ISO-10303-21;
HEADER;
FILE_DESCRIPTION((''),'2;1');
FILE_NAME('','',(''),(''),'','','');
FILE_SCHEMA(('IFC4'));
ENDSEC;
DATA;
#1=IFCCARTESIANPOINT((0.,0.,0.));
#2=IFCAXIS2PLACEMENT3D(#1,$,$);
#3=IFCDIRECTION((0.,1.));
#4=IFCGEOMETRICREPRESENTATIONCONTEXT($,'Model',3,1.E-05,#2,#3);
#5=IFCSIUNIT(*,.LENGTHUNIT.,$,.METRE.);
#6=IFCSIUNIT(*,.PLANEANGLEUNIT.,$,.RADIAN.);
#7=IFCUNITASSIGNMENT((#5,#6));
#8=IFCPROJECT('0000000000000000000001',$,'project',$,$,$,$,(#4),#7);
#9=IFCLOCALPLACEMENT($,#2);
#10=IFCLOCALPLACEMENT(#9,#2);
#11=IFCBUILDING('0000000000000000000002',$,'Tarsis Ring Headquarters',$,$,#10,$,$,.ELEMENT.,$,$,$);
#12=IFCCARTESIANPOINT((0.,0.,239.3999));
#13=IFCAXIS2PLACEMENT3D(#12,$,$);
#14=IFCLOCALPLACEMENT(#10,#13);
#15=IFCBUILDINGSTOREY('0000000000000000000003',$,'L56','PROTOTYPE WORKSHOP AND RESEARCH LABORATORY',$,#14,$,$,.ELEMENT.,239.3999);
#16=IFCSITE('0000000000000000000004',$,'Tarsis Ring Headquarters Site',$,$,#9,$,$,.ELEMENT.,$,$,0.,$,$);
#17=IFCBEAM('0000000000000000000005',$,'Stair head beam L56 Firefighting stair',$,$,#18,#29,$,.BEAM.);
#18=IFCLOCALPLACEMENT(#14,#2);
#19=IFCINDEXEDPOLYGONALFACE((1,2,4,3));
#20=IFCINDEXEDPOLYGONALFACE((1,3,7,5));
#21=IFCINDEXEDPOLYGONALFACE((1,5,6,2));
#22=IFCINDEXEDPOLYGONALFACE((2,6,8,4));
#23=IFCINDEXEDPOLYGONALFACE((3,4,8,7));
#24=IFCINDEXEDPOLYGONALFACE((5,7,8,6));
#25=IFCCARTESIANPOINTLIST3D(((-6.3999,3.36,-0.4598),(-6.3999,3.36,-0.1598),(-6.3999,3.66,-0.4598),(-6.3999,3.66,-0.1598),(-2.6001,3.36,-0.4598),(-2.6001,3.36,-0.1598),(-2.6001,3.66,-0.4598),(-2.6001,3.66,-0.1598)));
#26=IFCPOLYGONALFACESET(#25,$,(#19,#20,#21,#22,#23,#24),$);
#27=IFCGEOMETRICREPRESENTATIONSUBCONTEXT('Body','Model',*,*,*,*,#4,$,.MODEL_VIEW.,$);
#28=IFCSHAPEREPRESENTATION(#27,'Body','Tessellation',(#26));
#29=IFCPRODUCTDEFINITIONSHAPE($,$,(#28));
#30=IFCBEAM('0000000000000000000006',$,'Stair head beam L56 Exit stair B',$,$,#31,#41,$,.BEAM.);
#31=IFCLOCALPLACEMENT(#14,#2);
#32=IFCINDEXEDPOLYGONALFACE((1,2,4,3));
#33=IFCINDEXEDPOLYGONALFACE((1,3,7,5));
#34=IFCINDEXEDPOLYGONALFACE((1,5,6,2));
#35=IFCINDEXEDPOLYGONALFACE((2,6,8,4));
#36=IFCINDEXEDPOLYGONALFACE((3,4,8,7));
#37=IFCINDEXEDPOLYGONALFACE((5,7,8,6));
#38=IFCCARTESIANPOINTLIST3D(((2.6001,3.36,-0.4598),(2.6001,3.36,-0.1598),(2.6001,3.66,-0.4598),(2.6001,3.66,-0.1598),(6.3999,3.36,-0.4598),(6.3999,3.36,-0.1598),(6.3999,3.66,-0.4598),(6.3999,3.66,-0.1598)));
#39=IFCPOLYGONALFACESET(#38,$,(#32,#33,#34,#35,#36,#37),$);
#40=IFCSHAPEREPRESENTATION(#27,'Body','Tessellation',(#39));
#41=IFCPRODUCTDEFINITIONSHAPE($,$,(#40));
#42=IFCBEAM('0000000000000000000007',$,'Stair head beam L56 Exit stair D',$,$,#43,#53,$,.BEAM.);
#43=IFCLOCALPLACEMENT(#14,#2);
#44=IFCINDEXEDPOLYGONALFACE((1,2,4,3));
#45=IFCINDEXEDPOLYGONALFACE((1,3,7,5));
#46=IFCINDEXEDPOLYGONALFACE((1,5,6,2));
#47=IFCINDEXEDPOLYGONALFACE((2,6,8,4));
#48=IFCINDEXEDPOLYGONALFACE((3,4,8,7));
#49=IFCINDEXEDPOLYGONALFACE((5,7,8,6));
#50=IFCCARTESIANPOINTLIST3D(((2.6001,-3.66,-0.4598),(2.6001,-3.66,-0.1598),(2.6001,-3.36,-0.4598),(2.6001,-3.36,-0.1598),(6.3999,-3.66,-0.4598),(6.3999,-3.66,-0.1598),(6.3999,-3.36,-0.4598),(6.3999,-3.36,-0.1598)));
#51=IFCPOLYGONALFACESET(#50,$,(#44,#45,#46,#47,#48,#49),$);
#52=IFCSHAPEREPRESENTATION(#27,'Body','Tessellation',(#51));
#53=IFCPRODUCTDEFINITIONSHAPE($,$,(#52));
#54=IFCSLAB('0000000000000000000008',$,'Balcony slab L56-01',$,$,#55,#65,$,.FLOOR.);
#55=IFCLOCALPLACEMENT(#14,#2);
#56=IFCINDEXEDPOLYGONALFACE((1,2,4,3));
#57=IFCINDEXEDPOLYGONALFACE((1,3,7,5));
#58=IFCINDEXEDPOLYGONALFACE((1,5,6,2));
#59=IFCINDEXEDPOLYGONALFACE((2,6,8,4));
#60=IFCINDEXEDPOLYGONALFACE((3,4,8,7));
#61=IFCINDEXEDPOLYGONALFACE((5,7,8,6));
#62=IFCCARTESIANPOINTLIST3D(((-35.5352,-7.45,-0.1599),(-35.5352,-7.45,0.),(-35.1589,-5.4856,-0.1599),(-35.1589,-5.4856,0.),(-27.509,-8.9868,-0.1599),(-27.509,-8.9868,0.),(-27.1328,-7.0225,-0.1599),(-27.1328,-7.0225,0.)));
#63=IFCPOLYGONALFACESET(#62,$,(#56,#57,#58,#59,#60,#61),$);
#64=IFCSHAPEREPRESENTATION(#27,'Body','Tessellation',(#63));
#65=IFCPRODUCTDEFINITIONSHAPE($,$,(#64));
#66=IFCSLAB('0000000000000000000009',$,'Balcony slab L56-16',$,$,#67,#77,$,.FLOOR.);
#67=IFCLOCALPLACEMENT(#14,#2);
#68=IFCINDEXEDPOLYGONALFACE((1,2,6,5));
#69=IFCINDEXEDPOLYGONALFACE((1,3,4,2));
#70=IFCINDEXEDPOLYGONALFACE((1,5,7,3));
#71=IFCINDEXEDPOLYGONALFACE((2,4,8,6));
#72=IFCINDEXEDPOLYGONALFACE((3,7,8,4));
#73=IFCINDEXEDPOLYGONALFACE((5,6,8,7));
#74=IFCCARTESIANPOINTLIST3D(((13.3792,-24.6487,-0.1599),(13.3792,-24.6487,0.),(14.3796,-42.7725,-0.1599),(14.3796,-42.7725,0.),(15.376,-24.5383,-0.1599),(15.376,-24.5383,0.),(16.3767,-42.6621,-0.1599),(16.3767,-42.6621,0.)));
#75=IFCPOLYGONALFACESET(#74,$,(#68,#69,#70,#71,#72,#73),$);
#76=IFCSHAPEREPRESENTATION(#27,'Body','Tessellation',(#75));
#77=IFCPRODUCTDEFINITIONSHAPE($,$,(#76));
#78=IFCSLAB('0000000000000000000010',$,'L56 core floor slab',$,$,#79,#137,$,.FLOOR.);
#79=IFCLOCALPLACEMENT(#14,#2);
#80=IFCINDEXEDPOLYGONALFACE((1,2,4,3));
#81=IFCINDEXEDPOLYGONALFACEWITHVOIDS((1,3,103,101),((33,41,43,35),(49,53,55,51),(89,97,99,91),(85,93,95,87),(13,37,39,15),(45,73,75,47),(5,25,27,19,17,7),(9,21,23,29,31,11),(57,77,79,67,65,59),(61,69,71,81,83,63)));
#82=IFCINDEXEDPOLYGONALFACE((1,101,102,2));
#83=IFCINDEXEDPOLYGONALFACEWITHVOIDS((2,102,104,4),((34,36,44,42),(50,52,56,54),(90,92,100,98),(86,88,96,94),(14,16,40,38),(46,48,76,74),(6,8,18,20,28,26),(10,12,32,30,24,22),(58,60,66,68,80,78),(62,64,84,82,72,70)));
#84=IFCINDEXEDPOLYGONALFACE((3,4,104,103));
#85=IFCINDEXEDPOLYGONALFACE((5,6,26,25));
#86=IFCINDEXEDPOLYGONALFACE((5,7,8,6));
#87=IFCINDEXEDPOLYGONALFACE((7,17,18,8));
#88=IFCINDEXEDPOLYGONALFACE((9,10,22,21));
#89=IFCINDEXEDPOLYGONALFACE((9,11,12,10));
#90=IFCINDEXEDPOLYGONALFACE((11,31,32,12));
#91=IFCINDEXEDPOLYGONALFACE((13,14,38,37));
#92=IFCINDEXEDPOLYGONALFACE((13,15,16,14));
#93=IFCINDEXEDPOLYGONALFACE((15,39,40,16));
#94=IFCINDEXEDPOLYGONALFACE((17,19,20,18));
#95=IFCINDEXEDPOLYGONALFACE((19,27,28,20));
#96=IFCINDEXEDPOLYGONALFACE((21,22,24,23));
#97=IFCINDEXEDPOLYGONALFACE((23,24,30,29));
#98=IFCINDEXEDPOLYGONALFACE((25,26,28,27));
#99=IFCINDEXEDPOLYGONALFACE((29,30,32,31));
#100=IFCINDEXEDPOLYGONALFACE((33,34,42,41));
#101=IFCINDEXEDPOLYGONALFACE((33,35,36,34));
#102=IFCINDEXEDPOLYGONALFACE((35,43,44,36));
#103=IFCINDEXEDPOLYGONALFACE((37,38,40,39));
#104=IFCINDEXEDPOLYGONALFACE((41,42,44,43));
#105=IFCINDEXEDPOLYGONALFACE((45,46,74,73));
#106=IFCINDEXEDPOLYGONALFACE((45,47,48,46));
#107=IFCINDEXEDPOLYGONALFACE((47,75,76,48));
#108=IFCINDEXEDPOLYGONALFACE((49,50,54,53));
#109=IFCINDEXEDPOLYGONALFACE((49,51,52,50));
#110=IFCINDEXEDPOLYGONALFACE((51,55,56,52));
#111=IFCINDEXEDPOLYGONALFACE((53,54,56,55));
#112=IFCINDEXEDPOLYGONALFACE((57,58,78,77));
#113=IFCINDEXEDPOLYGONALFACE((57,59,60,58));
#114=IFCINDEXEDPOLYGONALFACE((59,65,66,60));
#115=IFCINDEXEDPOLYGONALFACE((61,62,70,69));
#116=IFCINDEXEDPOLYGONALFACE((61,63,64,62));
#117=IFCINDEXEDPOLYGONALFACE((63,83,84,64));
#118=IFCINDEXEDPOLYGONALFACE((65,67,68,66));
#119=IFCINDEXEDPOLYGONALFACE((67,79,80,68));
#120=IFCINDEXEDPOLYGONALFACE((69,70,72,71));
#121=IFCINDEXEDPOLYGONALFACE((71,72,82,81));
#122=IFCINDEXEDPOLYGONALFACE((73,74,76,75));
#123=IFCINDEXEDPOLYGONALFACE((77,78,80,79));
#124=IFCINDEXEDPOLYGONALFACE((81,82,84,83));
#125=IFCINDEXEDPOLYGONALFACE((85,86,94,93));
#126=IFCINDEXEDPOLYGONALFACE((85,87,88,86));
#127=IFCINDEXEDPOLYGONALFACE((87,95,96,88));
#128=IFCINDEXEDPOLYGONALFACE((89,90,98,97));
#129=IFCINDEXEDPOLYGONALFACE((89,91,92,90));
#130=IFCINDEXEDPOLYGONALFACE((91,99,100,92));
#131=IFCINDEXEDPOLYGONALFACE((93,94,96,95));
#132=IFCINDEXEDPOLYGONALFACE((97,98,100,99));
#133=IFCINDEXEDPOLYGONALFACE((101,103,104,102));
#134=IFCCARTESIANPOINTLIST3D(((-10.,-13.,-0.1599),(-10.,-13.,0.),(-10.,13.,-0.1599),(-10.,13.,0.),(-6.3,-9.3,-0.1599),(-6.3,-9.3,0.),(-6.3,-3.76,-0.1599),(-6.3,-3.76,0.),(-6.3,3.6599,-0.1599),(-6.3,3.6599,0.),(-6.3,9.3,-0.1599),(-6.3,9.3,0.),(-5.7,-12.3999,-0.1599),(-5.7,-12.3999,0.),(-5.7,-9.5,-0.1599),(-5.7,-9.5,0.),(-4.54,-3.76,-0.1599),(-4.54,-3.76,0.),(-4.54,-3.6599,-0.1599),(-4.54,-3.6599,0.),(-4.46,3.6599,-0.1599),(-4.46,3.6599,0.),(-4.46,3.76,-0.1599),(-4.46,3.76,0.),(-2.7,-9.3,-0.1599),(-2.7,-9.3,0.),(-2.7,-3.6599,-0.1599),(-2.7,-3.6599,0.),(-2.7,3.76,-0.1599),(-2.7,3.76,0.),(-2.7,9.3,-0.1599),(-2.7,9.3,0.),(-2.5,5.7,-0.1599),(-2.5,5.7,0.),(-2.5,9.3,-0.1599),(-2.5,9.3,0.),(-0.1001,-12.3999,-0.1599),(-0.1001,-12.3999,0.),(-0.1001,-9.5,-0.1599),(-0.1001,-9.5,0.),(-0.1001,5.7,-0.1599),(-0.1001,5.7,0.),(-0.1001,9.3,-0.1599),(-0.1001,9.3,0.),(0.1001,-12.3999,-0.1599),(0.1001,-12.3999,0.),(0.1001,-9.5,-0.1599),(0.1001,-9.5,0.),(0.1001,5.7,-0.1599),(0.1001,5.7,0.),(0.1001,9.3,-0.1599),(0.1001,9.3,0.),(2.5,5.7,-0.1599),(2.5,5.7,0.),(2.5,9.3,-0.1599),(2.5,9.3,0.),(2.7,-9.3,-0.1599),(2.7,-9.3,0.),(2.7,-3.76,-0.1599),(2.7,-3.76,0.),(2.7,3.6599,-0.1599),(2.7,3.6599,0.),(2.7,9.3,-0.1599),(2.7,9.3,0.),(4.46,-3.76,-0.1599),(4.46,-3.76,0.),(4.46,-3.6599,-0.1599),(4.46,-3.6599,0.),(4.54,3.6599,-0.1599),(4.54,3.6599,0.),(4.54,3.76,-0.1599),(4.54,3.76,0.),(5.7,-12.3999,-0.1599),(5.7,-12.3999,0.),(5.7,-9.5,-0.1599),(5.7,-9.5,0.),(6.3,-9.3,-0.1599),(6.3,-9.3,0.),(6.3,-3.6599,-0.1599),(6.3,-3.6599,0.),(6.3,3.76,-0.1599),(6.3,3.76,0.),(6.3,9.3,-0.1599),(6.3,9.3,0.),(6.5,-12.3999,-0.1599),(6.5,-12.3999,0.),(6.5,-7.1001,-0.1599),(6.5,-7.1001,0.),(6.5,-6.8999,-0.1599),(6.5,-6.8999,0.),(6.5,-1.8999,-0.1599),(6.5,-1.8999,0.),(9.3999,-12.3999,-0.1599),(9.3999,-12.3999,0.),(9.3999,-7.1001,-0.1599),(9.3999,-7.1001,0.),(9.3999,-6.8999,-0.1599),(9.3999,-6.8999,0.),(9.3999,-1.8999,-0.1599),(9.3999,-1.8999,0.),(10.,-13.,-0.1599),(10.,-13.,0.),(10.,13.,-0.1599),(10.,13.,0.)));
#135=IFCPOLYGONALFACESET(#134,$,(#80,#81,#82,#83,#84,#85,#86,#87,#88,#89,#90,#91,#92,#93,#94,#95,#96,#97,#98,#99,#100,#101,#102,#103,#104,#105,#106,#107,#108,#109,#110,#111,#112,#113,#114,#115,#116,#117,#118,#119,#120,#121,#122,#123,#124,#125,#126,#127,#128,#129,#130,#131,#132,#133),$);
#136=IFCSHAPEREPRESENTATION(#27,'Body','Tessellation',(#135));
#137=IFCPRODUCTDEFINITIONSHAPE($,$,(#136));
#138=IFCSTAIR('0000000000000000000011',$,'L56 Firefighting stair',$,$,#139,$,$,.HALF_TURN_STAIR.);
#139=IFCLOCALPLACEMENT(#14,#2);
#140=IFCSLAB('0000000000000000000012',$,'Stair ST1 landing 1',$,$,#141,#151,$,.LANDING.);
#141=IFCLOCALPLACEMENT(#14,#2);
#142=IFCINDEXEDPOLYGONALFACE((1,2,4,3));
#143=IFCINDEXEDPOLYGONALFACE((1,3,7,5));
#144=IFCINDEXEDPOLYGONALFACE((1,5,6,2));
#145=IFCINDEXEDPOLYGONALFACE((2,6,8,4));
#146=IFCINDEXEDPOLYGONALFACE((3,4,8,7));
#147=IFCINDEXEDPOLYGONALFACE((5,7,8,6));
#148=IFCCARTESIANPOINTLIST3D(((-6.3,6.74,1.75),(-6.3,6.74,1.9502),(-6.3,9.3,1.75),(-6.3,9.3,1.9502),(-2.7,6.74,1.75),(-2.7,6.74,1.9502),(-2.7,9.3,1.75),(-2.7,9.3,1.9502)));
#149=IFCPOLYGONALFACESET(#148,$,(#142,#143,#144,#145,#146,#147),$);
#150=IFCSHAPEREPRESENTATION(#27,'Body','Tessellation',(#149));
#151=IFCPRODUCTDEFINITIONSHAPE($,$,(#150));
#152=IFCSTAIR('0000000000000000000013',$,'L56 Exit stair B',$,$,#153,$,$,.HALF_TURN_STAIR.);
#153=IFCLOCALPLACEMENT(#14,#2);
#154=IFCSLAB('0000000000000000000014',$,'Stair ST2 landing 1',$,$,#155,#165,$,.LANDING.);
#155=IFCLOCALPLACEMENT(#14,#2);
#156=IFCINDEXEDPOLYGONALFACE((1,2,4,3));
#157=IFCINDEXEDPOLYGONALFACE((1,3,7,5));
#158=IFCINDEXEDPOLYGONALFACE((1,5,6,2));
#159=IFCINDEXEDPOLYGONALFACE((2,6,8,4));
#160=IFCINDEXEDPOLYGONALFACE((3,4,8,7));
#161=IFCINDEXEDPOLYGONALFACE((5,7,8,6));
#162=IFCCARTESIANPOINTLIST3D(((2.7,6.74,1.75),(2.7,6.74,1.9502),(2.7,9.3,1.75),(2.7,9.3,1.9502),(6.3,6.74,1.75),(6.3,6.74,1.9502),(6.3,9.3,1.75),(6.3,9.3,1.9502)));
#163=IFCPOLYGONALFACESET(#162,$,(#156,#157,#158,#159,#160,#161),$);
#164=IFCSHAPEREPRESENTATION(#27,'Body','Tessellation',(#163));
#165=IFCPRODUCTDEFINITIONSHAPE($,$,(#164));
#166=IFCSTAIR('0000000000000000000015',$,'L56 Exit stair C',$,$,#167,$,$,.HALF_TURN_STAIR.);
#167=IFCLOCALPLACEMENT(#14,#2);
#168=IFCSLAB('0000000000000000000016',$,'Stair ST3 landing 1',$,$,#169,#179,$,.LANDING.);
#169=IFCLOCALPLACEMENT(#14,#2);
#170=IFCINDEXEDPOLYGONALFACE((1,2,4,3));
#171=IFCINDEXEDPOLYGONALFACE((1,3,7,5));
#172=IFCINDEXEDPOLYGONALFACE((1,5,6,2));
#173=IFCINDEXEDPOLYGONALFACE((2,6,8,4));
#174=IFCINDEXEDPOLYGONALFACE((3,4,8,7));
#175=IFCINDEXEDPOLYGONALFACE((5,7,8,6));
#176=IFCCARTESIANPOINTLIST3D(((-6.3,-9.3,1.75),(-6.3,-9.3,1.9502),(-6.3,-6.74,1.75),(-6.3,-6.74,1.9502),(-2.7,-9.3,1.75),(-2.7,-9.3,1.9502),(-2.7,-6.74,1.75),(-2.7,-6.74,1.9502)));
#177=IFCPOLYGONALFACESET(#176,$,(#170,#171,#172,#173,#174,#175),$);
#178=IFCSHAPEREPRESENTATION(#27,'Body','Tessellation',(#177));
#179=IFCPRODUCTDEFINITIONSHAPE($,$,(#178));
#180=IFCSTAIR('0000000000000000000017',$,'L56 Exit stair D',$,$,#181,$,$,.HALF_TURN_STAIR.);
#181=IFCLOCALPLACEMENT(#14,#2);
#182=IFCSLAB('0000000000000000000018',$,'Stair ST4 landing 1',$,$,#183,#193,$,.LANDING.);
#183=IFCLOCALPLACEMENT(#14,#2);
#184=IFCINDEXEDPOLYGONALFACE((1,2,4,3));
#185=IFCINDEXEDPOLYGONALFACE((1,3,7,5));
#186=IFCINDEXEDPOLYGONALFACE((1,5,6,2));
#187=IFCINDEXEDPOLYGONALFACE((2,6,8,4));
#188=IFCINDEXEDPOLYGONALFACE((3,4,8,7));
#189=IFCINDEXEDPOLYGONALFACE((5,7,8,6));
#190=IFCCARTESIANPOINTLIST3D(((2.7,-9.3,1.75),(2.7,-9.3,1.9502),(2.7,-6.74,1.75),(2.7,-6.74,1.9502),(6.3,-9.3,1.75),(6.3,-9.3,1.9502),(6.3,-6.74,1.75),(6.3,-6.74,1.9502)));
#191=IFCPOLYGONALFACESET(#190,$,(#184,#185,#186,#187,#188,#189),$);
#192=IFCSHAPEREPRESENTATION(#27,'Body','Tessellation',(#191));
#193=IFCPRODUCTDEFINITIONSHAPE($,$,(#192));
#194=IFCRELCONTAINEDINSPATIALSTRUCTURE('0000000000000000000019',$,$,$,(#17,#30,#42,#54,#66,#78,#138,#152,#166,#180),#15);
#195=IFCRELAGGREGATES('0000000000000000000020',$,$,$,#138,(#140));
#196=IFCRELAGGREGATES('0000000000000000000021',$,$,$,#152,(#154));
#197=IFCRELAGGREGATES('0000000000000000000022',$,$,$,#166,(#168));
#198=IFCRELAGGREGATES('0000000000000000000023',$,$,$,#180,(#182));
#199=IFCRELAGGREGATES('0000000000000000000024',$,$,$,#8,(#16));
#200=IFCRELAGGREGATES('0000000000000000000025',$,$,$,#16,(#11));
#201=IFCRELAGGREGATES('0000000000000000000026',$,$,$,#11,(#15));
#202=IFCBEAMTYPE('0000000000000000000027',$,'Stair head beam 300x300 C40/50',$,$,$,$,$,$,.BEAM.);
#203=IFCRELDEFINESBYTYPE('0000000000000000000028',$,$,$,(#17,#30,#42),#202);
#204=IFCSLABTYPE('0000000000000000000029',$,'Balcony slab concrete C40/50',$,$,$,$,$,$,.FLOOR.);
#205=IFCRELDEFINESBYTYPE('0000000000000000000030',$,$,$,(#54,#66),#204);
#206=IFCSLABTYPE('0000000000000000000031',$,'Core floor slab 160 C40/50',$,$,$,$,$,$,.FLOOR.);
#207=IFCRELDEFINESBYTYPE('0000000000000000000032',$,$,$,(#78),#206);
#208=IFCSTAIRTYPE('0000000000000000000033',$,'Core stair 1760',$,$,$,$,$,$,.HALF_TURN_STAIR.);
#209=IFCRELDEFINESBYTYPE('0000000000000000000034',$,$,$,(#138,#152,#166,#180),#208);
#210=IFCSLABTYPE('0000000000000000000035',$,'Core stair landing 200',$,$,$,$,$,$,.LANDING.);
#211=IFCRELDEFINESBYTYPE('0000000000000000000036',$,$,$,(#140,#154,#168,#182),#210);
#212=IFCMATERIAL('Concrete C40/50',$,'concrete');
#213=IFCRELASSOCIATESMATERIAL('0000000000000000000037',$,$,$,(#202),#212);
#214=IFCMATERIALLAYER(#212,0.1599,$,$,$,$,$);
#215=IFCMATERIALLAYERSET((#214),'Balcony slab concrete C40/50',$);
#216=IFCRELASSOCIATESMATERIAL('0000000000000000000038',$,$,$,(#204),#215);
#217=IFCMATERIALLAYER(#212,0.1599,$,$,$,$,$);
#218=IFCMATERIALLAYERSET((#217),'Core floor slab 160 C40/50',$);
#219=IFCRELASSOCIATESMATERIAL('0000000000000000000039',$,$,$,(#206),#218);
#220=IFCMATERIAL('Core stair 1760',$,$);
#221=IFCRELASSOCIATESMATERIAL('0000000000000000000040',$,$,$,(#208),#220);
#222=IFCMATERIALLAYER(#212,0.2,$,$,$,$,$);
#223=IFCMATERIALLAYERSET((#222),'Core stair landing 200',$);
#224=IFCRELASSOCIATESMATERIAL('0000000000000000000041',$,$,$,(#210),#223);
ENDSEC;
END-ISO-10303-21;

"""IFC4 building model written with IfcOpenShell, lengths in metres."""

from ifc_helpers import new_model, si_unit, direction, frame, origin, origin_2d, place, context, subcontext, project, spatial, polyline, rectangle, outline, extrude, material, layer, layer_set, material_profile, profile_set, type_object, element, aggregate, save


model = new_model("IFC4")

# Units and contexts
model_context = context("Model", 3, precision=1e-05, world=origin(), true_north=direction((0.0, 1.0)))
body_context = subcontext(model_context, "Body", "Model", "MODEL_VIEW")
ifc_project = project(units=[si_unit("LENGTHUNIT", "METRE"), si_unit("PLANEANGLEUNIT", "RADIAN")], contexts=[model_context])

# Site, building, storey
site_placement = place(None, origin())
site = spatial("IfcSite", under=ifc_project, at=site_placement, Name="Tarsis Ring Headquarters Site", CompositionType="ELEMENT", RefElevation=0.0)
building_placement = place(site_placement, origin())
building = spatial("IfcBuilding", under=site, at=building_placement, Name="Tarsis Ring Headquarters", CompositionType="ELEMENT")
storey_placement = place(building_placement, frame((0.0, 0.0, 239.3999)))
storey = spatial("IfcBuildingStorey", under=building, at=storey_placement, Name="L56", Description="PROTOTYPE WORKSHOP AND RESEARCH LABORATORY", CompositionType="ELEMENT", Elevation=239.3999)

# Beams
ifc_material_1 = material(Name="Concrete C40/50", Category="concrete")
ifc_material_profile = material_profile(ifc_material_1, rectangle(XDim=0.3, YDim=0.3, at=origin_2d()), Name="Stair head beam 300x300 C40/50")
ifc_profile_set = profile_set([ifc_material_profile], Name="Concrete C40/50")
beam_type = type_object("IfcBeamType", Name="Stair head beam 300x300 C40/50", PredefinedType="BEAM", material=ifc_profile_set)
for number, where, z_axis, x_axis, name in (
    (1, (-6.3999, 3.51, -0.3098), (1.0, 0.0, 0.0), (0.0, 1.0, 0.0), "Stair head beam L56 Firefighting stair"),
    (2, (2.6001, 3.51, -0.3098), (1.0, 0.0, 0.0), (0.0, 1.0, 0.0), "Stair head beam L56 Exit stair B"),
    (3, (2.6001, -3.51, -0.3098), (1.0, 0.0, 0.0), (0.0, 1.0, 0.0), "Stair head beam L56 Exit stair D"),
):
    element("IfcBeam", number, at=place(storey_placement, frame(where, z_axis=z_axis, x_axis=x_axis)), inside=storey, type_object=beam_type, Name=name, PredefinedType="BEAM", context=body_context, shape_type="SweptSolid", body=[
        extrude(rectangle(XDim=0.3, YDim=0.3, at=origin_2d()), origin(), (0.0, 0.0, 1.0), 3.7998),
    ])

# Slabs
ifc_layer_1 = layer(ifc_material_1, 0.1599)
ifc_layer_set_1 = layer_set([ifc_layer_1], Name="Balcony slab concrete C40/50")
slab_type_1 = type_object("IfcSlabType", Name="Balcony slab concrete C40/50", PredefinedType="FLOOR", material=ifc_layer_set_1)
slab_1_placement = place(storey_placement, frame((0.0, 0.0, -0.1599)))
element("IfcSlab", 4, at=slab_1_placement, inside=storey, type_object=slab_type_1, Name="Balcony slab L56-01", PredefinedType="FLOOR", context=body_context, shape_type="SweptSolid", body=[
    extrude(outline(polyline([(-35.1589, -5.4856), (-35.5352, -7.45), (-27.509, -8.9868), (-27.1328, -7.0225), (-35.1589, -5.4856)])), origin(), (0.0, 0.0, 1.0), 0.1599),
])
slab_2_placement = place(storey_placement, frame((0.0, 0.0, -0.1599)))
element("IfcSlab", 5, at=slab_2_placement, inside=storey, type_object=slab_type_1, Name="Balcony slab L56-16", PredefinedType="FLOOR", context=body_context, shape_type="SweptSolid", body=[
    extrude(outline(polyline([(14.3796, -42.7725), (16.3767, -42.6621), (15.376, -24.5383), (13.3792, -24.6487), (14.3796, -42.7725)])), origin(), (0.0, 0.0, 1.0), 0.1599),
])
ifc_layer_2 = layer(ifc_material_1, 0.1599)
ifc_layer_set_2 = layer_set([ifc_layer_2], Name="Core floor slab 160 C40/50")
slab_type_2 = type_object("IfcSlabType", Name="Core floor slab 160 C40/50", PredefinedType="FLOOR", material=ifc_layer_set_2)
slab_3_placement = place(storey_placement, frame((0.0, 0.0, -0.1599)))
element("IfcSlab", 6, at=slab_3_placement, inside=storey, type_object=slab_type_2, Name="L56 core floor slab", PredefinedType="FLOOR", context=body_context, shape_type="SweptSolid", body=[
    extrude(outline(polyline([(-10.0, -13.0), (10.0, -13.0), (10.0, 13.0), (-10.0, 13.0), (-10.0, -13.0)]), holes=[polyline([(-2.5, 5.7), (-0.1001, 5.7), (-0.1001, 9.3), (-2.5, 9.3), (-2.5, 5.7)]), polyline([(0.1001, 5.7), (2.5, 5.7), (2.5, 9.3), (0.1001, 9.3), (0.1001, 5.7)]), polyline([(6.5, -12.3999), (9.3999, -12.3999), (9.3999, -7.1001), (6.5, -7.1001), (6.5, -12.3999)]), polyline([(6.5, -6.8999), (9.3999, -6.8999), (9.3999, -1.8999), (6.5, -1.8999), (6.5, -6.8999)]), polyline([(-5.7, -12.3999), (-0.1001, -12.3999), (-0.1001, -9.5), (-5.7, -9.5), (-5.7, -12.3999)]), polyline([(0.1001, -12.3999), (5.7, -12.3999), (5.7, -9.5), (0.1001, -9.5), (0.1001, -12.3999)]), polyline([(-2.7, 3.76), (-2.7, 9.3), (-6.3, 9.3), (-6.3, 3.6599), (-4.46, 3.6599), (-4.46, 3.76), (-2.7, 3.76)]), polyline([(6.3, 3.76), (6.3, 9.3), (2.7, 9.3), (2.7, 3.6599), (4.54, 3.6599), (4.54, 3.76), (6.3, 3.76)]), polyline([(-6.3, -3.76), (-6.3, -9.3), (-2.7, -9.3), (-2.7, -3.6599), (-4.54, -3.6599), (-4.54, -3.76), (-6.3, -3.76)]), polyline([(2.7, -3.76), (2.7, -9.3), (6.3, -9.3), (6.3, -3.6599), (4.46, -3.6599), (4.46, -3.76), (2.7, -3.76)])]), origin(), (0.0, 0.0, 1.0), 0.1599),
])

# Stairs, slabs
ifc_material_2 = material(Name="Core stair 1760")
stair_type = type_object("IfcStairType", Name="Core stair 1760", PredefinedType="HALF_TURN_STAIR", material=ifc_material_2)
stair_1_placement = place(storey_placement, origin())
stair_1 = element("IfcStair", 7, at=stair_1_placement, inside=storey, type_object=stair_type, Name="L56 Firefighting stair", PredefinedType="HALF_TURN_STAIR")
ifc_layer_3 = layer(ifc_material_1, 0.2)
ifc_layer_set_3 = layer_set([ifc_layer_3], Name="Core stair landing 200")
slab_type_3 = type_object("IfcSlabType", Name="Core stair landing 200", PredefinedType="LANDING", material=ifc_layer_set_3)
slab_4_placement = place(storey_placement, frame((0.0, 0.0, 1.75)))
slab_4 = element("IfcSlab", 8, at=slab_4_placement, type_object=slab_type_3, Name="Stair ST1 landing 1", PredefinedType="LANDING", context=body_context, shape_type="SweptSolid", body=[
    extrude(outline(polyline([(-2.7, 6.74), (-2.7, 9.3), (-6.3, 9.3), (-6.3, 6.74), (-2.7, 6.74)])), origin(), (0.0, 0.0, 1.0), 0.2002),
])
aggregate(stair_1, [slab_4])
stair_2_placement = place(storey_placement, origin())
stair_2 = element("IfcStair", 9, at=stair_2_placement, inside=storey, type_object=stair_type, Name="L56 Exit stair B", PredefinedType="HALF_TURN_STAIR")
slab_5_placement = place(storey_placement, frame((0.0, 0.0, 1.75)))
slab_5 = element("IfcSlab", 10, at=slab_5_placement, type_object=slab_type_3, Name="Stair ST2 landing 1", PredefinedType="LANDING", context=body_context, shape_type="SweptSolid", body=[
    extrude(outline(polyline([(6.3, 6.74), (6.3, 9.3), (2.7, 9.3), (2.7, 6.74), (6.3, 6.74)])), origin(), (0.0, 0.0, 1.0), 0.2002),
])
aggregate(stair_2, [slab_5])
stair_3_placement = place(storey_placement, origin())
stair_3 = element("IfcStair", 11, at=stair_3_placement, inside=storey, type_object=stair_type, Name="L56 Exit stair C", PredefinedType="HALF_TURN_STAIR")
slab_6_placement = place(storey_placement, frame((0.0, 0.0, 1.75)))
slab_6 = element("IfcSlab", 12, at=slab_6_placement, type_object=slab_type_3, Name="Stair ST3 landing 1", PredefinedType="LANDING", context=body_context, shape_type="SweptSolid", body=[
    extrude(outline(polyline([(-6.3, -6.74), (-6.3, -9.3), (-2.7, -9.3), (-2.7, -6.74), (-6.3, -6.74)])), origin(), (0.0, 0.0, 1.0), 0.2002),
])
aggregate(stair_3, [slab_6])
stair_4_placement = place(storey_placement, origin())
stair_4 = element("IfcStair", 13, at=stair_4_placement, inside=storey, type_object=stair_type, Name="L56 Exit stair D", PredefinedType="HALF_TURN_STAIR")
slab_7_placement = place(storey_placement, frame((0.0, 0.0, 1.75)))
slab_7 = element("IfcSlab", 14, at=slab_7_placement, type_object=slab_type_3, Name="Stair ST4 landing 1", PredefinedType="LANDING", context=body_context, shape_type="SweptSolid", body=[
    extrude(outline(polyline([(2.7, -6.74), (2.7, -9.3), (6.3, -9.3), (6.3, -6.74), (2.7, -6.74)])), origin(), (0.0, 0.0, 1.0), 0.2002),
])
aggregate(stair_4, [slab_7])

save(model, "model.ifc")
